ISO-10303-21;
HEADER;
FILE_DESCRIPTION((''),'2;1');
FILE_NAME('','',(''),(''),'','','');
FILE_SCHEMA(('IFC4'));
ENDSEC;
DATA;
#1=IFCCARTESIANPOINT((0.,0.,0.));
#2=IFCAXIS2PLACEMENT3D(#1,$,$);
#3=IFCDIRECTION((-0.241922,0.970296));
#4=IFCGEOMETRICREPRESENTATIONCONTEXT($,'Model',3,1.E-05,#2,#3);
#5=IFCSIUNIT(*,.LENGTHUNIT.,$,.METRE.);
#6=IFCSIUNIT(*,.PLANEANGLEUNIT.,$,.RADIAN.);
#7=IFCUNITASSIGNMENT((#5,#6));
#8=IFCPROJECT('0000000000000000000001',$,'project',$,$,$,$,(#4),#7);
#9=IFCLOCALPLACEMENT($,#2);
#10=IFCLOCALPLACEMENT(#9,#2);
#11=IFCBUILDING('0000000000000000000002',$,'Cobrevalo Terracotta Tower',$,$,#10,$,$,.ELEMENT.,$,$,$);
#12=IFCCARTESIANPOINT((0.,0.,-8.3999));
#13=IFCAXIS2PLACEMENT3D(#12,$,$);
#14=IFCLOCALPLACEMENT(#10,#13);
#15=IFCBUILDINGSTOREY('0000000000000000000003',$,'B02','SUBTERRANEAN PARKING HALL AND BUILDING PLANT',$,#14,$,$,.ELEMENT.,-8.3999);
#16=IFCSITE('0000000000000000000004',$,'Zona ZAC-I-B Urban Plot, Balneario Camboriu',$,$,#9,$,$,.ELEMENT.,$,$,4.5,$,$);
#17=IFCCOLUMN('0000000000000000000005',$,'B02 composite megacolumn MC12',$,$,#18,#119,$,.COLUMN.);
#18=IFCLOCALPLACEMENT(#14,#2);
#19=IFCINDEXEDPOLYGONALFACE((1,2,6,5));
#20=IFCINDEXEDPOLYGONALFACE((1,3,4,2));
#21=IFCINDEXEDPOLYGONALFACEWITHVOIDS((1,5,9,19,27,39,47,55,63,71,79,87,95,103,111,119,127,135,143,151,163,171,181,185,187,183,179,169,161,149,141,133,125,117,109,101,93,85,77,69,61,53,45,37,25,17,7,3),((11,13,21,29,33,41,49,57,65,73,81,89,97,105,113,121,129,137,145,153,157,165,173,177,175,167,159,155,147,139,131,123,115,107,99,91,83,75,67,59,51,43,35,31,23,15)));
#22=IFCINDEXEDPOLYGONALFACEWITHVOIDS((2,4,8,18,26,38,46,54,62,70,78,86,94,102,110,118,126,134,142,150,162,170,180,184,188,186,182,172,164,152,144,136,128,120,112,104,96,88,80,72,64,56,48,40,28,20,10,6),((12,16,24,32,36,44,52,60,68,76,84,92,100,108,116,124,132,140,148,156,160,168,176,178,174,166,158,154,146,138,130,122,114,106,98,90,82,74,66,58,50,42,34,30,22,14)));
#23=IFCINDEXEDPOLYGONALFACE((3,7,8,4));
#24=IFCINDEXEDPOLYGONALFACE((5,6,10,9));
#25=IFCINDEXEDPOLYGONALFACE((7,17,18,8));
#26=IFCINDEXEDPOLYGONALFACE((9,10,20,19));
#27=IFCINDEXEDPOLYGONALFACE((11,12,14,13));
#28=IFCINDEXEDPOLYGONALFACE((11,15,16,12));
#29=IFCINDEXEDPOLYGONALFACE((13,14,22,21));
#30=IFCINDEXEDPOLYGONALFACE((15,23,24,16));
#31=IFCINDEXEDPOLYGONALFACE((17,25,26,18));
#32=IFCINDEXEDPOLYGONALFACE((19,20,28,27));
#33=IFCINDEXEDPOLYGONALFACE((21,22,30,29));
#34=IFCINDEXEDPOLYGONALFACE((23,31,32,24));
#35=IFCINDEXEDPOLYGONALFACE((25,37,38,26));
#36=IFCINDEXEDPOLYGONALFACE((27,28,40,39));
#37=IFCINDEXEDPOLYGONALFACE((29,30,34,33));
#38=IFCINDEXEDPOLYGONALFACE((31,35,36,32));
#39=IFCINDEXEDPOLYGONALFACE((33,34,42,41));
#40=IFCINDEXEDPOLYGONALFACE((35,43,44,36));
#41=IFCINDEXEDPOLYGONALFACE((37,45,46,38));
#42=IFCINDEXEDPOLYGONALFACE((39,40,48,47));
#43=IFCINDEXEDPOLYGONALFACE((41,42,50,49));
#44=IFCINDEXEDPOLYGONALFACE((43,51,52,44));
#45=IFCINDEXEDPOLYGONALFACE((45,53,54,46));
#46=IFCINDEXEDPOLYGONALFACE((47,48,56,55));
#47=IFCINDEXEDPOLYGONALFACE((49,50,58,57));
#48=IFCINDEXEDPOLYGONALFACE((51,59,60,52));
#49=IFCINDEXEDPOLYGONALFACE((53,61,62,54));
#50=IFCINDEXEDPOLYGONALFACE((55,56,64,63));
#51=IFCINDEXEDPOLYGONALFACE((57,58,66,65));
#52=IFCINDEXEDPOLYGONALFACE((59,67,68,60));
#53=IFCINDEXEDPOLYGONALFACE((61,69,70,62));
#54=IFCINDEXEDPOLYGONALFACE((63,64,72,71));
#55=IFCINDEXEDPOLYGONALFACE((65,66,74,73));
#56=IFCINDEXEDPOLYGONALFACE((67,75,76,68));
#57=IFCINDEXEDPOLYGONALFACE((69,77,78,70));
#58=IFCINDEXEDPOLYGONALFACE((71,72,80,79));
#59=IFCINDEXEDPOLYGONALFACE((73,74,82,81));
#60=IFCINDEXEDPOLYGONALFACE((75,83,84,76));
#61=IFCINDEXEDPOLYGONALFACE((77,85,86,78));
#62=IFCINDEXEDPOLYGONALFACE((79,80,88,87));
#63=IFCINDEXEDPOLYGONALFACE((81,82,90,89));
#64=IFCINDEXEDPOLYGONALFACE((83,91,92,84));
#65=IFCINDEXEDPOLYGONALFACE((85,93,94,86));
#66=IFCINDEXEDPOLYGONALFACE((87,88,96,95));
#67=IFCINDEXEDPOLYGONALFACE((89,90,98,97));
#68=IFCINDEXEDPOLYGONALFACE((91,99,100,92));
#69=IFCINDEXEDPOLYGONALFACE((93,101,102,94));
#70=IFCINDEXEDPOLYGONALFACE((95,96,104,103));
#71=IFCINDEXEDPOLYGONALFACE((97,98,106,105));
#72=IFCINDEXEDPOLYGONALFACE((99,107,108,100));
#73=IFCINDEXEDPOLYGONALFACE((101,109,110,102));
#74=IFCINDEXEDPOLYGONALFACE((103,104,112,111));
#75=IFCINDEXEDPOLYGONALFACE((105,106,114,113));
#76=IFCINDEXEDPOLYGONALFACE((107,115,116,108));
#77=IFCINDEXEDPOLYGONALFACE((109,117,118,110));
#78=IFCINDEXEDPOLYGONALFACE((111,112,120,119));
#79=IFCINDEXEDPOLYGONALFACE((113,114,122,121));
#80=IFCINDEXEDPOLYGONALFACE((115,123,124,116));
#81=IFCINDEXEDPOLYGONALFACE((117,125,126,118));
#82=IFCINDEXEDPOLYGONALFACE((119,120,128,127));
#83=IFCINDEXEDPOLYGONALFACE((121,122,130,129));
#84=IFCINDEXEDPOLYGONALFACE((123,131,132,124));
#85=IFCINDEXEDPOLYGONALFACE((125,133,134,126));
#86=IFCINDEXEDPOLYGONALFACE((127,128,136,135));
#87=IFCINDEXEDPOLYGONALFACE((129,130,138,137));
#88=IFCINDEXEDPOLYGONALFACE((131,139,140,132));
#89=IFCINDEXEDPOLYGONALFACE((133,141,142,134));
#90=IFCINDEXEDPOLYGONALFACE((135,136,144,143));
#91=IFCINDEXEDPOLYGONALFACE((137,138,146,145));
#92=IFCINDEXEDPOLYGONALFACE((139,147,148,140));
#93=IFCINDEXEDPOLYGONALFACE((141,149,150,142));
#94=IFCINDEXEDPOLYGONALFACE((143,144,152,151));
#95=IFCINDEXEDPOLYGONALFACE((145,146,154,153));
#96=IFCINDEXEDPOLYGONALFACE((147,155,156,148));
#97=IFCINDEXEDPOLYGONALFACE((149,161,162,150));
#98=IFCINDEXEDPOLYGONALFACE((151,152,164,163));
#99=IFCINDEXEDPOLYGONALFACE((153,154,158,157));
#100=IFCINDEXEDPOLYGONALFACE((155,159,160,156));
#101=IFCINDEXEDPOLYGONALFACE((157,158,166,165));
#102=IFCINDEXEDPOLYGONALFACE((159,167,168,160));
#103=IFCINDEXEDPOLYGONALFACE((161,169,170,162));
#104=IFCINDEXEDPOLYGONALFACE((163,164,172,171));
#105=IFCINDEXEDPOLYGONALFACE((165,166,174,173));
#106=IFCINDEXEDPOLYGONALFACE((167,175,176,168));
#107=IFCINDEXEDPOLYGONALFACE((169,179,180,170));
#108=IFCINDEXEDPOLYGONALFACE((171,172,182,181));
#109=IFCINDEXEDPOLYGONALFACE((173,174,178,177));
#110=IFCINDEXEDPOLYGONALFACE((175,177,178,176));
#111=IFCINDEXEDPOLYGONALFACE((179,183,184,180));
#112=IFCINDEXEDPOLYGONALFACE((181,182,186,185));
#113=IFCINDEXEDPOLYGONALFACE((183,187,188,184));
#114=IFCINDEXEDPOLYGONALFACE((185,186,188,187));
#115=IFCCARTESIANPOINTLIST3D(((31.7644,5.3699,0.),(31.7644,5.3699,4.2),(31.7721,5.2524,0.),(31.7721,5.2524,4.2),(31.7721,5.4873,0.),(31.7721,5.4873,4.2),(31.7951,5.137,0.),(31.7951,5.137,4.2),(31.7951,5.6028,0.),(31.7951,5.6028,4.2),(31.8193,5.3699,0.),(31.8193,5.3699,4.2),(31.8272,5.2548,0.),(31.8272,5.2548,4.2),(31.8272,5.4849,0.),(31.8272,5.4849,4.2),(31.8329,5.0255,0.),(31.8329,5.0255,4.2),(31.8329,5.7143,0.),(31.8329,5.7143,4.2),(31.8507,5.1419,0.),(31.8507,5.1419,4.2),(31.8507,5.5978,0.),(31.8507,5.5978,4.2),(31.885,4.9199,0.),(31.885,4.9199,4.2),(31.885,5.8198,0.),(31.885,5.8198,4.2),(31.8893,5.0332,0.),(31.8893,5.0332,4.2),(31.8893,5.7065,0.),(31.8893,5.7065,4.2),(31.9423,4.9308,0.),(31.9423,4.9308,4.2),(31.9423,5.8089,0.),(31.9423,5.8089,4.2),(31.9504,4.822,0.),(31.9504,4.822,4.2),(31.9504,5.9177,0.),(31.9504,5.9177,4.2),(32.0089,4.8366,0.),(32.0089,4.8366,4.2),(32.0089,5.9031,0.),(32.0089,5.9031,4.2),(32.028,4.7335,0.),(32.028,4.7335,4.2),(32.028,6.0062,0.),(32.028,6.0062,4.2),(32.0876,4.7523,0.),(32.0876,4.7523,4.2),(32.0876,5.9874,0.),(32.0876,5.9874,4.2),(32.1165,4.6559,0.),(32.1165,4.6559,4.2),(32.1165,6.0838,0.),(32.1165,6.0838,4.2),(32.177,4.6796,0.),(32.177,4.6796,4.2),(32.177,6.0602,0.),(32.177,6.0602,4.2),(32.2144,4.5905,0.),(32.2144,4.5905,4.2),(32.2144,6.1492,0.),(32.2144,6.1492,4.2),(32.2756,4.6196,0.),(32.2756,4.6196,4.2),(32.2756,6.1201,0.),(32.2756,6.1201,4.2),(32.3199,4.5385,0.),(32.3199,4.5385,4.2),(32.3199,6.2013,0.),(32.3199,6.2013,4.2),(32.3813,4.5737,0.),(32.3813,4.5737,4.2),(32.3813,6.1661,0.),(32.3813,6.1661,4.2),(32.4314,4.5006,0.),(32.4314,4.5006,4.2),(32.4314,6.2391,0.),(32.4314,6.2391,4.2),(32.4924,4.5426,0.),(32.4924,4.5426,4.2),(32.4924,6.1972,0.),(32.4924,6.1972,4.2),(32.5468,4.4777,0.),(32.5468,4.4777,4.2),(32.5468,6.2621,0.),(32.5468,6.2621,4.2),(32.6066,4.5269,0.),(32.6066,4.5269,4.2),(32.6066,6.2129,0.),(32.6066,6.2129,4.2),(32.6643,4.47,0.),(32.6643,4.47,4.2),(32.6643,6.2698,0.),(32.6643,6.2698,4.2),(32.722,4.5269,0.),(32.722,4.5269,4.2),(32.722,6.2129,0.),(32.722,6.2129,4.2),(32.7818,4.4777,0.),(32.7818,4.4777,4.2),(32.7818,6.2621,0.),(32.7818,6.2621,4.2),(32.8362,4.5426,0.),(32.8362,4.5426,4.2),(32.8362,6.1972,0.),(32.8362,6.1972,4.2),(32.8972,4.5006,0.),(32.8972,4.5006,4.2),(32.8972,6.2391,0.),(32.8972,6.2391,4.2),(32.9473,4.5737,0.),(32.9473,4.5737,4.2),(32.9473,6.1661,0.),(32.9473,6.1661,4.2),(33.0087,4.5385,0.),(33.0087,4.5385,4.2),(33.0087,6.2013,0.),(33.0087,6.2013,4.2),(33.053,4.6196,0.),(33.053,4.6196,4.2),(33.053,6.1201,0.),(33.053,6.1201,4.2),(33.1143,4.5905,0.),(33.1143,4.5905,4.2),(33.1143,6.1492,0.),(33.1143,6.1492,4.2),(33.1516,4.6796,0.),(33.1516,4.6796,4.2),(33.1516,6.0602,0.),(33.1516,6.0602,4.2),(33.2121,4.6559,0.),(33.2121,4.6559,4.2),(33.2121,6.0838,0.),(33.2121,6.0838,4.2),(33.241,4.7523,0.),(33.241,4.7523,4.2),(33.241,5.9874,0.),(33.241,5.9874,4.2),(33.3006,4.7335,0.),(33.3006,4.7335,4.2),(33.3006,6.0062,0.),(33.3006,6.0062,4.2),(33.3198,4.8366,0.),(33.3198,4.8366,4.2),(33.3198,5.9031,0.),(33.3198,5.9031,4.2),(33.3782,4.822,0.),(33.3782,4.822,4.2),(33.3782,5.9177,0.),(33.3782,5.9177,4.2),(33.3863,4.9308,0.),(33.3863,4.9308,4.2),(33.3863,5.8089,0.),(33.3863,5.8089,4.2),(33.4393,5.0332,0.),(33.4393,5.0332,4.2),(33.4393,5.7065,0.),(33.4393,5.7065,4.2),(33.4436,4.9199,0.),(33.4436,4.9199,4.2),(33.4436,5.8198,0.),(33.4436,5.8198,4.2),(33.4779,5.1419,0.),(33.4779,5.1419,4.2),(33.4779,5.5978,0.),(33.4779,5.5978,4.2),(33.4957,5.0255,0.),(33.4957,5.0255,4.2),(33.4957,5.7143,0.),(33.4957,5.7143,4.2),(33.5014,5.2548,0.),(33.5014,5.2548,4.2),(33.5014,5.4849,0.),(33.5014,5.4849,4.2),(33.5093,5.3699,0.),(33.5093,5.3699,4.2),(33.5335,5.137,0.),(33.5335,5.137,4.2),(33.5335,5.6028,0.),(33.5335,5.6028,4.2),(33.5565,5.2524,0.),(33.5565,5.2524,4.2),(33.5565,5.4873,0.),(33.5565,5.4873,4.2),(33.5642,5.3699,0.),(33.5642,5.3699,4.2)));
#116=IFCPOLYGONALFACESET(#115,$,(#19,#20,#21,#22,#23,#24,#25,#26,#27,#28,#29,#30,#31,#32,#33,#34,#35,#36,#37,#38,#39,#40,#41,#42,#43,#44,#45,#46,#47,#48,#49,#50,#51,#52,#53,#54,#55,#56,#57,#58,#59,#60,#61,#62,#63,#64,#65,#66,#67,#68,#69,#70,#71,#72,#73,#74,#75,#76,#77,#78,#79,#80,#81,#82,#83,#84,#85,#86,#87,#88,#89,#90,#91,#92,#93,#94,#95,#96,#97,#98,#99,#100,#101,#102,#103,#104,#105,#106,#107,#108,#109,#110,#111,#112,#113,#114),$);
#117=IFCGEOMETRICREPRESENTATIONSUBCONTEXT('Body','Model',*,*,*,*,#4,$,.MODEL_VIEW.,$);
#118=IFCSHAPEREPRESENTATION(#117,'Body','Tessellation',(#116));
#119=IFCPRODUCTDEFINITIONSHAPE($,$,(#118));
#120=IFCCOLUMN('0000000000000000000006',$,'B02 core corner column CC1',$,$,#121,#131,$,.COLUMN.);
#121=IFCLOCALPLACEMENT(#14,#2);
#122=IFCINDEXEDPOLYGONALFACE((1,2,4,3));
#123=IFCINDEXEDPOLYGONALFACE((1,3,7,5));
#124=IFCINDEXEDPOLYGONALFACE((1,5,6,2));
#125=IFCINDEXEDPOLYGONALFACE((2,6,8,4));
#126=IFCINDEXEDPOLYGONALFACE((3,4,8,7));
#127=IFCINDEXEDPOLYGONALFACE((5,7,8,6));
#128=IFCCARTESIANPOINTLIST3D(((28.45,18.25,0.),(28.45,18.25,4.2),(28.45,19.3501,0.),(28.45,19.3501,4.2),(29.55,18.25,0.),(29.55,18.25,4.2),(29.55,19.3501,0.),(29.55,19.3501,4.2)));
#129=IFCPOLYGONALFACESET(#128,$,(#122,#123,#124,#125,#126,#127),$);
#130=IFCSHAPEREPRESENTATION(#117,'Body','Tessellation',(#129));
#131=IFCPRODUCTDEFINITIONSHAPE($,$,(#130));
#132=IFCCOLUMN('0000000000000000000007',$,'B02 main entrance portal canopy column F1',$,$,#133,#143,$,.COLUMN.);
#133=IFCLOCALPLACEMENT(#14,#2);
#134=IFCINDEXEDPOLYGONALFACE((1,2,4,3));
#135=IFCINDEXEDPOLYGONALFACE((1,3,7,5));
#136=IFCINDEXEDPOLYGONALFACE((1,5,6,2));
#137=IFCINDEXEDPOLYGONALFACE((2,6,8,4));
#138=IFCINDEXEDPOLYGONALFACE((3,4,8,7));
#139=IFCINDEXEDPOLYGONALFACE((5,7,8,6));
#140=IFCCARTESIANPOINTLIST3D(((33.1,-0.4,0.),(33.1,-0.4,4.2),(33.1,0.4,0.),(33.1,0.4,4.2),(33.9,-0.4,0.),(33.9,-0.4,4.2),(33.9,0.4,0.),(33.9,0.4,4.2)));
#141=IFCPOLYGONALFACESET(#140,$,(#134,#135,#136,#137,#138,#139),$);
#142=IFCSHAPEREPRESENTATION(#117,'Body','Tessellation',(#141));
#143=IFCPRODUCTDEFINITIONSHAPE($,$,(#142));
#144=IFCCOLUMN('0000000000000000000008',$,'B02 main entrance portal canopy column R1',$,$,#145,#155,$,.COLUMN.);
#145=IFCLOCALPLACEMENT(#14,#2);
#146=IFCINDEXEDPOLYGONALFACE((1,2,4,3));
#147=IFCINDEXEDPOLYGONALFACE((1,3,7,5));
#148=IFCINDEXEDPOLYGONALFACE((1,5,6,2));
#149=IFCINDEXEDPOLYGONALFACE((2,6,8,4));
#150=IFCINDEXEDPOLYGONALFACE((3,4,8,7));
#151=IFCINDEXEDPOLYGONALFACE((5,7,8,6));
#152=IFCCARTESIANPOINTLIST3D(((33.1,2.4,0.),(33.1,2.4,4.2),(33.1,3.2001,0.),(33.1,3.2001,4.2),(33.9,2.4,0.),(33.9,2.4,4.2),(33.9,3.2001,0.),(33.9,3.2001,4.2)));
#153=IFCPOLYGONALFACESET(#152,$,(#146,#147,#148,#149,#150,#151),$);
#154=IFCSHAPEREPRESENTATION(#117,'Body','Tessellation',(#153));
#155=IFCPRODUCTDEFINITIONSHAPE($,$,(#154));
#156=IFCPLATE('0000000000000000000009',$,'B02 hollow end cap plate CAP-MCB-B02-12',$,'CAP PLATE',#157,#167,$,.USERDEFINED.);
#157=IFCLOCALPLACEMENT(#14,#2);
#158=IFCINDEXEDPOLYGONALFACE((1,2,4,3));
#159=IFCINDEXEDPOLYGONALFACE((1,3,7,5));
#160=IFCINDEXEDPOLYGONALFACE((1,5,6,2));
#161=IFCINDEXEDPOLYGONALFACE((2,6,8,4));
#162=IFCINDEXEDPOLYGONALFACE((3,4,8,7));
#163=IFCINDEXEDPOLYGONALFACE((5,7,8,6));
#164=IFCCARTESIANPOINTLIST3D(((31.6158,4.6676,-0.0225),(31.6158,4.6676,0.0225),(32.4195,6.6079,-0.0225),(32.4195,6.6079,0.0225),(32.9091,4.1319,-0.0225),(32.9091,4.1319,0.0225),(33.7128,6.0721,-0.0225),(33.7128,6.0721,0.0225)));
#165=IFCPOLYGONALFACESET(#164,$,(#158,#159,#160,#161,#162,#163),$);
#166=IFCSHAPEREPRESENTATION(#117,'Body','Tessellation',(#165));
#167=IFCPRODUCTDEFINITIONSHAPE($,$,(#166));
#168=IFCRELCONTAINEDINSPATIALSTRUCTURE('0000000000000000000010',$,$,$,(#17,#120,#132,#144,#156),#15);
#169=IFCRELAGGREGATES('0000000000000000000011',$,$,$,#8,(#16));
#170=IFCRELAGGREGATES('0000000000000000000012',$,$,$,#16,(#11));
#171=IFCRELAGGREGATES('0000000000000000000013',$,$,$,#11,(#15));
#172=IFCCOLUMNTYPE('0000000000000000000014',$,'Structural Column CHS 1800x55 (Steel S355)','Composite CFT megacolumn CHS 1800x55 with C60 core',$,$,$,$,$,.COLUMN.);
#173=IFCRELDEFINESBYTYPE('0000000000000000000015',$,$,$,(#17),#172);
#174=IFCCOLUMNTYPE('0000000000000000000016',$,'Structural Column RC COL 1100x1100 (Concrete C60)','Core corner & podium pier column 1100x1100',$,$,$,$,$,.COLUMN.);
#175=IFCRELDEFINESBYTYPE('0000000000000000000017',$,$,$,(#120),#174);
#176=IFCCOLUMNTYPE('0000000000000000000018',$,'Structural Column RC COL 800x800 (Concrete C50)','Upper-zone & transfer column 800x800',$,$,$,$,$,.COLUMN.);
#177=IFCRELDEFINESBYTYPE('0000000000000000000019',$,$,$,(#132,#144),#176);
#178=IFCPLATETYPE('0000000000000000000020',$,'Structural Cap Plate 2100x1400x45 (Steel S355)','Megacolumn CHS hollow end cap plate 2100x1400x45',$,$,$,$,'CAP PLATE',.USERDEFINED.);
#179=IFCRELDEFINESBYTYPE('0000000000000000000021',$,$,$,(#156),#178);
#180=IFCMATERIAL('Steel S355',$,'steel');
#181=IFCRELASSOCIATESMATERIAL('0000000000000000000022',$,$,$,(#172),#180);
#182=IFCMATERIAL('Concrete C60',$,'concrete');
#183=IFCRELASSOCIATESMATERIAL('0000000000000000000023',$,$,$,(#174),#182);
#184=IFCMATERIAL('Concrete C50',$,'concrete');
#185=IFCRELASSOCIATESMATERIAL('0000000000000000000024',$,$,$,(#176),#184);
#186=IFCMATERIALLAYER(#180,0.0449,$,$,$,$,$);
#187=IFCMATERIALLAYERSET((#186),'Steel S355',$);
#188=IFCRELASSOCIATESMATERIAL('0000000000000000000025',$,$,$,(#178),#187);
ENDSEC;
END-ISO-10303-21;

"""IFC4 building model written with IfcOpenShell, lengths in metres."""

from ifc_helpers import new_model, si_unit, direction, frame, origin, origin_2d, place, context, subcontext, project, spatial, rectangle, hollow_circle, extrude, source, transform, mapped, material, layer, layer_set, material_profile, profile_set, type_object, element, save


model = new_model("IFC4")

# Units and contexts
model_context = context("Model", 3, precision=1e-05, world=origin(), true_north=direction((-0.241922, 0.970296)))
body_context = subcontext(model_context, "Body", "Model", "MODEL_VIEW")
ifc_project = project(units=[si_unit("LENGTHUNIT", "METRE"), si_unit("PLANEANGLEUNIT", "RADIAN")], contexts=[model_context])

# Site, building, storey
site_placement = place(None, origin())
site = spatial("IfcSite", under=ifc_project, at=site_placement, Name="Zona ZAC-I-B Urban Plot, Balneario Camboriu", CompositionType="ELEMENT", RefElevation=4.5)
building_placement = place(site_placement, origin())
building = spatial("IfcBuilding", under=site, at=building_placement, Name="Cobrevalo Terracotta Tower", CompositionType="ELEMENT")
storey_placement = place(building_placement, frame((0.0, 0.0, -8.3999)))
storey = spatial("IfcBuildingStorey", under=building, at=storey_placement, Name="B02", Description="SUBTERRANEAN PARKING HALL AND BUILDING PLANT", CompositionType="ELEMENT", Elevation=-8.3999)

# Shared definitions
ifc_material_1 = material(Name="Concrete C50", Category="concrete")

# Columns
ifc_material_2 = material(Name="Steel S355", Category="steel")
ifc_material_profile_1 = material_profile(ifc_material_2, hollow_circle(Radius=0.8999, WallThickness=0.0549, at=origin_2d()), Name="CHS 1800x55")
ifc_profile_set_1 = profile_set([ifc_material_profile_1], Name="Steel S355")
column_type_1 = type_object("IfcColumnType", Name="Structural Column CHS 1800x55 (Steel S355)", Description="Composite CFT megacolumn CHS 1800x55 with C60 core", PredefinedType="COLUMN", material=ifc_profile_set_1)
column_1_placement = place(storey_placement, frame((32.6643, 5.3699, 0.0), z_axis=(0.0, 0.0, 1.0), x_axis=(1.0, 0.0, 0.0)))
element("IfcColumn", 1, at=column_1_placement, inside=storey, type_object=column_type_1, Name="B02 composite megacolumn MC12", PredefinedType="COLUMN", context=body_context, shape_type="SweptSolid", body=[
    extrude(hollow_circle(Radius=0.8999, WallThickness=0.0549, at=origin_2d()), origin(), (0.0, 0.0, 1.0), 4.2),
])
ifc_material_3 = material(Name="Concrete C60", Category="concrete")
ifc_material_profile_2 = material_profile(ifc_material_3, rectangle(XDim=1.1001, YDim=1.1001, at=origin_2d()), Name="RC COL 1100x1100")
ifc_profile_set_2 = profile_set([ifc_material_profile_2], Name="Concrete C60")
column_type_2 = type_object("IfcColumnType", Name="Structural Column RC COL 1100x1100 (Concrete C60)", Description="Core corner & podium pier column 1100x1100", PredefinedType="COLUMN", material=ifc_profile_set_2)
column_2_placement = place(storey_placement, frame((29.0, 18.8, 0.0), z_axis=(0.0, 0.0, 1.0), x_axis=(1.0, 0.0, 0.0)))
element("IfcColumn", 2, at=column_2_placement, inside=storey, type_object=column_type_2, Name="B02 core corner column CC1", PredefinedType="COLUMN", context=body_context, shape_type="SweptSolid", body=[
    extrude(rectangle(XDim=1.1001, YDim=1.1001, at=origin_2d()), origin(), (0.0, 0.0, 1.0), 4.2),
])
ifc_material_profile_3 = material_profile(ifc_material_1, rectangle(XDim=0.8, YDim=0.8, at=origin_2d()), Name="RC COL 800x800")
ifc_profile_set_3 = profile_set([ifc_material_profile_3], Name="Concrete C50")
column_type_3 = type_object("IfcColumnType", Name="Structural Column RC COL 800x800 (Concrete C50)", Description="Upper-zone & transfer column 800x800", PredefinedType="COLUMN", material=ifc_profile_set_3)
for number, where, z_axis, x_axis, name in (
    (3, (33.5, 0.0, 0.0), (0.0, 0.0, 1.0), (1.0, 0.0, 0.0), "B02 main entrance portal canopy column F1"),
    (4, (33.5, 2.8, 0.0), (0.0, 0.0, 1.0), (1.0, 0.0, 0.0), "B02 main entrance portal canopy column R1"),
):
    element("IfcColumn", number, at=place(storey_placement, frame(where, z_axis=z_axis, x_axis=x_axis)), inside=storey, type_object=column_type_3, Name=name, PredefinedType="COLUMN", context=body_context, shape_type="SweptSolid", body=[
        extrude(rectangle(XDim=0.8, YDim=0.8, at=origin_2d()), origin(), (0.0, 0.0, 1.0), 4.2),
    ])

# Plate
ifc_layer_1 = layer(ifc_material_2, 0.0449)
ifc_layer_set_1 = layer_set([ifc_layer_1], Name="Steel S355")
plate_type = type_object("IfcPlateType", Name="Structural Cap Plate 2100x1400x45 (Steel S355)", Description="Megacolumn CHS hollow end cap plate 2100x1400x45", ElementType="CAP PLATE", PredefinedType="USERDEFINED", material=ifc_layer_set_1)
shared_shape_1 = source(origin(), body_context, "Body", "SweptSolid", [
    extrude(rectangle(XDim=2.1001, YDim=1.3999, at=origin_2d()), origin(), (0.0, 0.0, 1.0), 0.0449),
])
plate_placement = place(storey_placement, frame((32.6643, 5.3699, -0.0225), z_axis=(0.0, 0.0, 1.0), x_axis=(-0.382683, -0.92388, 0.0)))
element("IfcPlate", 5, at=plate_placement, inside=storey, type_object=plate_type, Name="B02 hollow end cap plate CAP-MCB-B02-12", ObjectType="CAP PLATE", PredefinedType="USERDEFINED", context=body_context, shape_type="MappedRepresentation", body=[
    mapped(shared_shape_1, transform((0.0, 0.0, 0.0), scale=1.0)),
])

save(model, "model.ifc")
